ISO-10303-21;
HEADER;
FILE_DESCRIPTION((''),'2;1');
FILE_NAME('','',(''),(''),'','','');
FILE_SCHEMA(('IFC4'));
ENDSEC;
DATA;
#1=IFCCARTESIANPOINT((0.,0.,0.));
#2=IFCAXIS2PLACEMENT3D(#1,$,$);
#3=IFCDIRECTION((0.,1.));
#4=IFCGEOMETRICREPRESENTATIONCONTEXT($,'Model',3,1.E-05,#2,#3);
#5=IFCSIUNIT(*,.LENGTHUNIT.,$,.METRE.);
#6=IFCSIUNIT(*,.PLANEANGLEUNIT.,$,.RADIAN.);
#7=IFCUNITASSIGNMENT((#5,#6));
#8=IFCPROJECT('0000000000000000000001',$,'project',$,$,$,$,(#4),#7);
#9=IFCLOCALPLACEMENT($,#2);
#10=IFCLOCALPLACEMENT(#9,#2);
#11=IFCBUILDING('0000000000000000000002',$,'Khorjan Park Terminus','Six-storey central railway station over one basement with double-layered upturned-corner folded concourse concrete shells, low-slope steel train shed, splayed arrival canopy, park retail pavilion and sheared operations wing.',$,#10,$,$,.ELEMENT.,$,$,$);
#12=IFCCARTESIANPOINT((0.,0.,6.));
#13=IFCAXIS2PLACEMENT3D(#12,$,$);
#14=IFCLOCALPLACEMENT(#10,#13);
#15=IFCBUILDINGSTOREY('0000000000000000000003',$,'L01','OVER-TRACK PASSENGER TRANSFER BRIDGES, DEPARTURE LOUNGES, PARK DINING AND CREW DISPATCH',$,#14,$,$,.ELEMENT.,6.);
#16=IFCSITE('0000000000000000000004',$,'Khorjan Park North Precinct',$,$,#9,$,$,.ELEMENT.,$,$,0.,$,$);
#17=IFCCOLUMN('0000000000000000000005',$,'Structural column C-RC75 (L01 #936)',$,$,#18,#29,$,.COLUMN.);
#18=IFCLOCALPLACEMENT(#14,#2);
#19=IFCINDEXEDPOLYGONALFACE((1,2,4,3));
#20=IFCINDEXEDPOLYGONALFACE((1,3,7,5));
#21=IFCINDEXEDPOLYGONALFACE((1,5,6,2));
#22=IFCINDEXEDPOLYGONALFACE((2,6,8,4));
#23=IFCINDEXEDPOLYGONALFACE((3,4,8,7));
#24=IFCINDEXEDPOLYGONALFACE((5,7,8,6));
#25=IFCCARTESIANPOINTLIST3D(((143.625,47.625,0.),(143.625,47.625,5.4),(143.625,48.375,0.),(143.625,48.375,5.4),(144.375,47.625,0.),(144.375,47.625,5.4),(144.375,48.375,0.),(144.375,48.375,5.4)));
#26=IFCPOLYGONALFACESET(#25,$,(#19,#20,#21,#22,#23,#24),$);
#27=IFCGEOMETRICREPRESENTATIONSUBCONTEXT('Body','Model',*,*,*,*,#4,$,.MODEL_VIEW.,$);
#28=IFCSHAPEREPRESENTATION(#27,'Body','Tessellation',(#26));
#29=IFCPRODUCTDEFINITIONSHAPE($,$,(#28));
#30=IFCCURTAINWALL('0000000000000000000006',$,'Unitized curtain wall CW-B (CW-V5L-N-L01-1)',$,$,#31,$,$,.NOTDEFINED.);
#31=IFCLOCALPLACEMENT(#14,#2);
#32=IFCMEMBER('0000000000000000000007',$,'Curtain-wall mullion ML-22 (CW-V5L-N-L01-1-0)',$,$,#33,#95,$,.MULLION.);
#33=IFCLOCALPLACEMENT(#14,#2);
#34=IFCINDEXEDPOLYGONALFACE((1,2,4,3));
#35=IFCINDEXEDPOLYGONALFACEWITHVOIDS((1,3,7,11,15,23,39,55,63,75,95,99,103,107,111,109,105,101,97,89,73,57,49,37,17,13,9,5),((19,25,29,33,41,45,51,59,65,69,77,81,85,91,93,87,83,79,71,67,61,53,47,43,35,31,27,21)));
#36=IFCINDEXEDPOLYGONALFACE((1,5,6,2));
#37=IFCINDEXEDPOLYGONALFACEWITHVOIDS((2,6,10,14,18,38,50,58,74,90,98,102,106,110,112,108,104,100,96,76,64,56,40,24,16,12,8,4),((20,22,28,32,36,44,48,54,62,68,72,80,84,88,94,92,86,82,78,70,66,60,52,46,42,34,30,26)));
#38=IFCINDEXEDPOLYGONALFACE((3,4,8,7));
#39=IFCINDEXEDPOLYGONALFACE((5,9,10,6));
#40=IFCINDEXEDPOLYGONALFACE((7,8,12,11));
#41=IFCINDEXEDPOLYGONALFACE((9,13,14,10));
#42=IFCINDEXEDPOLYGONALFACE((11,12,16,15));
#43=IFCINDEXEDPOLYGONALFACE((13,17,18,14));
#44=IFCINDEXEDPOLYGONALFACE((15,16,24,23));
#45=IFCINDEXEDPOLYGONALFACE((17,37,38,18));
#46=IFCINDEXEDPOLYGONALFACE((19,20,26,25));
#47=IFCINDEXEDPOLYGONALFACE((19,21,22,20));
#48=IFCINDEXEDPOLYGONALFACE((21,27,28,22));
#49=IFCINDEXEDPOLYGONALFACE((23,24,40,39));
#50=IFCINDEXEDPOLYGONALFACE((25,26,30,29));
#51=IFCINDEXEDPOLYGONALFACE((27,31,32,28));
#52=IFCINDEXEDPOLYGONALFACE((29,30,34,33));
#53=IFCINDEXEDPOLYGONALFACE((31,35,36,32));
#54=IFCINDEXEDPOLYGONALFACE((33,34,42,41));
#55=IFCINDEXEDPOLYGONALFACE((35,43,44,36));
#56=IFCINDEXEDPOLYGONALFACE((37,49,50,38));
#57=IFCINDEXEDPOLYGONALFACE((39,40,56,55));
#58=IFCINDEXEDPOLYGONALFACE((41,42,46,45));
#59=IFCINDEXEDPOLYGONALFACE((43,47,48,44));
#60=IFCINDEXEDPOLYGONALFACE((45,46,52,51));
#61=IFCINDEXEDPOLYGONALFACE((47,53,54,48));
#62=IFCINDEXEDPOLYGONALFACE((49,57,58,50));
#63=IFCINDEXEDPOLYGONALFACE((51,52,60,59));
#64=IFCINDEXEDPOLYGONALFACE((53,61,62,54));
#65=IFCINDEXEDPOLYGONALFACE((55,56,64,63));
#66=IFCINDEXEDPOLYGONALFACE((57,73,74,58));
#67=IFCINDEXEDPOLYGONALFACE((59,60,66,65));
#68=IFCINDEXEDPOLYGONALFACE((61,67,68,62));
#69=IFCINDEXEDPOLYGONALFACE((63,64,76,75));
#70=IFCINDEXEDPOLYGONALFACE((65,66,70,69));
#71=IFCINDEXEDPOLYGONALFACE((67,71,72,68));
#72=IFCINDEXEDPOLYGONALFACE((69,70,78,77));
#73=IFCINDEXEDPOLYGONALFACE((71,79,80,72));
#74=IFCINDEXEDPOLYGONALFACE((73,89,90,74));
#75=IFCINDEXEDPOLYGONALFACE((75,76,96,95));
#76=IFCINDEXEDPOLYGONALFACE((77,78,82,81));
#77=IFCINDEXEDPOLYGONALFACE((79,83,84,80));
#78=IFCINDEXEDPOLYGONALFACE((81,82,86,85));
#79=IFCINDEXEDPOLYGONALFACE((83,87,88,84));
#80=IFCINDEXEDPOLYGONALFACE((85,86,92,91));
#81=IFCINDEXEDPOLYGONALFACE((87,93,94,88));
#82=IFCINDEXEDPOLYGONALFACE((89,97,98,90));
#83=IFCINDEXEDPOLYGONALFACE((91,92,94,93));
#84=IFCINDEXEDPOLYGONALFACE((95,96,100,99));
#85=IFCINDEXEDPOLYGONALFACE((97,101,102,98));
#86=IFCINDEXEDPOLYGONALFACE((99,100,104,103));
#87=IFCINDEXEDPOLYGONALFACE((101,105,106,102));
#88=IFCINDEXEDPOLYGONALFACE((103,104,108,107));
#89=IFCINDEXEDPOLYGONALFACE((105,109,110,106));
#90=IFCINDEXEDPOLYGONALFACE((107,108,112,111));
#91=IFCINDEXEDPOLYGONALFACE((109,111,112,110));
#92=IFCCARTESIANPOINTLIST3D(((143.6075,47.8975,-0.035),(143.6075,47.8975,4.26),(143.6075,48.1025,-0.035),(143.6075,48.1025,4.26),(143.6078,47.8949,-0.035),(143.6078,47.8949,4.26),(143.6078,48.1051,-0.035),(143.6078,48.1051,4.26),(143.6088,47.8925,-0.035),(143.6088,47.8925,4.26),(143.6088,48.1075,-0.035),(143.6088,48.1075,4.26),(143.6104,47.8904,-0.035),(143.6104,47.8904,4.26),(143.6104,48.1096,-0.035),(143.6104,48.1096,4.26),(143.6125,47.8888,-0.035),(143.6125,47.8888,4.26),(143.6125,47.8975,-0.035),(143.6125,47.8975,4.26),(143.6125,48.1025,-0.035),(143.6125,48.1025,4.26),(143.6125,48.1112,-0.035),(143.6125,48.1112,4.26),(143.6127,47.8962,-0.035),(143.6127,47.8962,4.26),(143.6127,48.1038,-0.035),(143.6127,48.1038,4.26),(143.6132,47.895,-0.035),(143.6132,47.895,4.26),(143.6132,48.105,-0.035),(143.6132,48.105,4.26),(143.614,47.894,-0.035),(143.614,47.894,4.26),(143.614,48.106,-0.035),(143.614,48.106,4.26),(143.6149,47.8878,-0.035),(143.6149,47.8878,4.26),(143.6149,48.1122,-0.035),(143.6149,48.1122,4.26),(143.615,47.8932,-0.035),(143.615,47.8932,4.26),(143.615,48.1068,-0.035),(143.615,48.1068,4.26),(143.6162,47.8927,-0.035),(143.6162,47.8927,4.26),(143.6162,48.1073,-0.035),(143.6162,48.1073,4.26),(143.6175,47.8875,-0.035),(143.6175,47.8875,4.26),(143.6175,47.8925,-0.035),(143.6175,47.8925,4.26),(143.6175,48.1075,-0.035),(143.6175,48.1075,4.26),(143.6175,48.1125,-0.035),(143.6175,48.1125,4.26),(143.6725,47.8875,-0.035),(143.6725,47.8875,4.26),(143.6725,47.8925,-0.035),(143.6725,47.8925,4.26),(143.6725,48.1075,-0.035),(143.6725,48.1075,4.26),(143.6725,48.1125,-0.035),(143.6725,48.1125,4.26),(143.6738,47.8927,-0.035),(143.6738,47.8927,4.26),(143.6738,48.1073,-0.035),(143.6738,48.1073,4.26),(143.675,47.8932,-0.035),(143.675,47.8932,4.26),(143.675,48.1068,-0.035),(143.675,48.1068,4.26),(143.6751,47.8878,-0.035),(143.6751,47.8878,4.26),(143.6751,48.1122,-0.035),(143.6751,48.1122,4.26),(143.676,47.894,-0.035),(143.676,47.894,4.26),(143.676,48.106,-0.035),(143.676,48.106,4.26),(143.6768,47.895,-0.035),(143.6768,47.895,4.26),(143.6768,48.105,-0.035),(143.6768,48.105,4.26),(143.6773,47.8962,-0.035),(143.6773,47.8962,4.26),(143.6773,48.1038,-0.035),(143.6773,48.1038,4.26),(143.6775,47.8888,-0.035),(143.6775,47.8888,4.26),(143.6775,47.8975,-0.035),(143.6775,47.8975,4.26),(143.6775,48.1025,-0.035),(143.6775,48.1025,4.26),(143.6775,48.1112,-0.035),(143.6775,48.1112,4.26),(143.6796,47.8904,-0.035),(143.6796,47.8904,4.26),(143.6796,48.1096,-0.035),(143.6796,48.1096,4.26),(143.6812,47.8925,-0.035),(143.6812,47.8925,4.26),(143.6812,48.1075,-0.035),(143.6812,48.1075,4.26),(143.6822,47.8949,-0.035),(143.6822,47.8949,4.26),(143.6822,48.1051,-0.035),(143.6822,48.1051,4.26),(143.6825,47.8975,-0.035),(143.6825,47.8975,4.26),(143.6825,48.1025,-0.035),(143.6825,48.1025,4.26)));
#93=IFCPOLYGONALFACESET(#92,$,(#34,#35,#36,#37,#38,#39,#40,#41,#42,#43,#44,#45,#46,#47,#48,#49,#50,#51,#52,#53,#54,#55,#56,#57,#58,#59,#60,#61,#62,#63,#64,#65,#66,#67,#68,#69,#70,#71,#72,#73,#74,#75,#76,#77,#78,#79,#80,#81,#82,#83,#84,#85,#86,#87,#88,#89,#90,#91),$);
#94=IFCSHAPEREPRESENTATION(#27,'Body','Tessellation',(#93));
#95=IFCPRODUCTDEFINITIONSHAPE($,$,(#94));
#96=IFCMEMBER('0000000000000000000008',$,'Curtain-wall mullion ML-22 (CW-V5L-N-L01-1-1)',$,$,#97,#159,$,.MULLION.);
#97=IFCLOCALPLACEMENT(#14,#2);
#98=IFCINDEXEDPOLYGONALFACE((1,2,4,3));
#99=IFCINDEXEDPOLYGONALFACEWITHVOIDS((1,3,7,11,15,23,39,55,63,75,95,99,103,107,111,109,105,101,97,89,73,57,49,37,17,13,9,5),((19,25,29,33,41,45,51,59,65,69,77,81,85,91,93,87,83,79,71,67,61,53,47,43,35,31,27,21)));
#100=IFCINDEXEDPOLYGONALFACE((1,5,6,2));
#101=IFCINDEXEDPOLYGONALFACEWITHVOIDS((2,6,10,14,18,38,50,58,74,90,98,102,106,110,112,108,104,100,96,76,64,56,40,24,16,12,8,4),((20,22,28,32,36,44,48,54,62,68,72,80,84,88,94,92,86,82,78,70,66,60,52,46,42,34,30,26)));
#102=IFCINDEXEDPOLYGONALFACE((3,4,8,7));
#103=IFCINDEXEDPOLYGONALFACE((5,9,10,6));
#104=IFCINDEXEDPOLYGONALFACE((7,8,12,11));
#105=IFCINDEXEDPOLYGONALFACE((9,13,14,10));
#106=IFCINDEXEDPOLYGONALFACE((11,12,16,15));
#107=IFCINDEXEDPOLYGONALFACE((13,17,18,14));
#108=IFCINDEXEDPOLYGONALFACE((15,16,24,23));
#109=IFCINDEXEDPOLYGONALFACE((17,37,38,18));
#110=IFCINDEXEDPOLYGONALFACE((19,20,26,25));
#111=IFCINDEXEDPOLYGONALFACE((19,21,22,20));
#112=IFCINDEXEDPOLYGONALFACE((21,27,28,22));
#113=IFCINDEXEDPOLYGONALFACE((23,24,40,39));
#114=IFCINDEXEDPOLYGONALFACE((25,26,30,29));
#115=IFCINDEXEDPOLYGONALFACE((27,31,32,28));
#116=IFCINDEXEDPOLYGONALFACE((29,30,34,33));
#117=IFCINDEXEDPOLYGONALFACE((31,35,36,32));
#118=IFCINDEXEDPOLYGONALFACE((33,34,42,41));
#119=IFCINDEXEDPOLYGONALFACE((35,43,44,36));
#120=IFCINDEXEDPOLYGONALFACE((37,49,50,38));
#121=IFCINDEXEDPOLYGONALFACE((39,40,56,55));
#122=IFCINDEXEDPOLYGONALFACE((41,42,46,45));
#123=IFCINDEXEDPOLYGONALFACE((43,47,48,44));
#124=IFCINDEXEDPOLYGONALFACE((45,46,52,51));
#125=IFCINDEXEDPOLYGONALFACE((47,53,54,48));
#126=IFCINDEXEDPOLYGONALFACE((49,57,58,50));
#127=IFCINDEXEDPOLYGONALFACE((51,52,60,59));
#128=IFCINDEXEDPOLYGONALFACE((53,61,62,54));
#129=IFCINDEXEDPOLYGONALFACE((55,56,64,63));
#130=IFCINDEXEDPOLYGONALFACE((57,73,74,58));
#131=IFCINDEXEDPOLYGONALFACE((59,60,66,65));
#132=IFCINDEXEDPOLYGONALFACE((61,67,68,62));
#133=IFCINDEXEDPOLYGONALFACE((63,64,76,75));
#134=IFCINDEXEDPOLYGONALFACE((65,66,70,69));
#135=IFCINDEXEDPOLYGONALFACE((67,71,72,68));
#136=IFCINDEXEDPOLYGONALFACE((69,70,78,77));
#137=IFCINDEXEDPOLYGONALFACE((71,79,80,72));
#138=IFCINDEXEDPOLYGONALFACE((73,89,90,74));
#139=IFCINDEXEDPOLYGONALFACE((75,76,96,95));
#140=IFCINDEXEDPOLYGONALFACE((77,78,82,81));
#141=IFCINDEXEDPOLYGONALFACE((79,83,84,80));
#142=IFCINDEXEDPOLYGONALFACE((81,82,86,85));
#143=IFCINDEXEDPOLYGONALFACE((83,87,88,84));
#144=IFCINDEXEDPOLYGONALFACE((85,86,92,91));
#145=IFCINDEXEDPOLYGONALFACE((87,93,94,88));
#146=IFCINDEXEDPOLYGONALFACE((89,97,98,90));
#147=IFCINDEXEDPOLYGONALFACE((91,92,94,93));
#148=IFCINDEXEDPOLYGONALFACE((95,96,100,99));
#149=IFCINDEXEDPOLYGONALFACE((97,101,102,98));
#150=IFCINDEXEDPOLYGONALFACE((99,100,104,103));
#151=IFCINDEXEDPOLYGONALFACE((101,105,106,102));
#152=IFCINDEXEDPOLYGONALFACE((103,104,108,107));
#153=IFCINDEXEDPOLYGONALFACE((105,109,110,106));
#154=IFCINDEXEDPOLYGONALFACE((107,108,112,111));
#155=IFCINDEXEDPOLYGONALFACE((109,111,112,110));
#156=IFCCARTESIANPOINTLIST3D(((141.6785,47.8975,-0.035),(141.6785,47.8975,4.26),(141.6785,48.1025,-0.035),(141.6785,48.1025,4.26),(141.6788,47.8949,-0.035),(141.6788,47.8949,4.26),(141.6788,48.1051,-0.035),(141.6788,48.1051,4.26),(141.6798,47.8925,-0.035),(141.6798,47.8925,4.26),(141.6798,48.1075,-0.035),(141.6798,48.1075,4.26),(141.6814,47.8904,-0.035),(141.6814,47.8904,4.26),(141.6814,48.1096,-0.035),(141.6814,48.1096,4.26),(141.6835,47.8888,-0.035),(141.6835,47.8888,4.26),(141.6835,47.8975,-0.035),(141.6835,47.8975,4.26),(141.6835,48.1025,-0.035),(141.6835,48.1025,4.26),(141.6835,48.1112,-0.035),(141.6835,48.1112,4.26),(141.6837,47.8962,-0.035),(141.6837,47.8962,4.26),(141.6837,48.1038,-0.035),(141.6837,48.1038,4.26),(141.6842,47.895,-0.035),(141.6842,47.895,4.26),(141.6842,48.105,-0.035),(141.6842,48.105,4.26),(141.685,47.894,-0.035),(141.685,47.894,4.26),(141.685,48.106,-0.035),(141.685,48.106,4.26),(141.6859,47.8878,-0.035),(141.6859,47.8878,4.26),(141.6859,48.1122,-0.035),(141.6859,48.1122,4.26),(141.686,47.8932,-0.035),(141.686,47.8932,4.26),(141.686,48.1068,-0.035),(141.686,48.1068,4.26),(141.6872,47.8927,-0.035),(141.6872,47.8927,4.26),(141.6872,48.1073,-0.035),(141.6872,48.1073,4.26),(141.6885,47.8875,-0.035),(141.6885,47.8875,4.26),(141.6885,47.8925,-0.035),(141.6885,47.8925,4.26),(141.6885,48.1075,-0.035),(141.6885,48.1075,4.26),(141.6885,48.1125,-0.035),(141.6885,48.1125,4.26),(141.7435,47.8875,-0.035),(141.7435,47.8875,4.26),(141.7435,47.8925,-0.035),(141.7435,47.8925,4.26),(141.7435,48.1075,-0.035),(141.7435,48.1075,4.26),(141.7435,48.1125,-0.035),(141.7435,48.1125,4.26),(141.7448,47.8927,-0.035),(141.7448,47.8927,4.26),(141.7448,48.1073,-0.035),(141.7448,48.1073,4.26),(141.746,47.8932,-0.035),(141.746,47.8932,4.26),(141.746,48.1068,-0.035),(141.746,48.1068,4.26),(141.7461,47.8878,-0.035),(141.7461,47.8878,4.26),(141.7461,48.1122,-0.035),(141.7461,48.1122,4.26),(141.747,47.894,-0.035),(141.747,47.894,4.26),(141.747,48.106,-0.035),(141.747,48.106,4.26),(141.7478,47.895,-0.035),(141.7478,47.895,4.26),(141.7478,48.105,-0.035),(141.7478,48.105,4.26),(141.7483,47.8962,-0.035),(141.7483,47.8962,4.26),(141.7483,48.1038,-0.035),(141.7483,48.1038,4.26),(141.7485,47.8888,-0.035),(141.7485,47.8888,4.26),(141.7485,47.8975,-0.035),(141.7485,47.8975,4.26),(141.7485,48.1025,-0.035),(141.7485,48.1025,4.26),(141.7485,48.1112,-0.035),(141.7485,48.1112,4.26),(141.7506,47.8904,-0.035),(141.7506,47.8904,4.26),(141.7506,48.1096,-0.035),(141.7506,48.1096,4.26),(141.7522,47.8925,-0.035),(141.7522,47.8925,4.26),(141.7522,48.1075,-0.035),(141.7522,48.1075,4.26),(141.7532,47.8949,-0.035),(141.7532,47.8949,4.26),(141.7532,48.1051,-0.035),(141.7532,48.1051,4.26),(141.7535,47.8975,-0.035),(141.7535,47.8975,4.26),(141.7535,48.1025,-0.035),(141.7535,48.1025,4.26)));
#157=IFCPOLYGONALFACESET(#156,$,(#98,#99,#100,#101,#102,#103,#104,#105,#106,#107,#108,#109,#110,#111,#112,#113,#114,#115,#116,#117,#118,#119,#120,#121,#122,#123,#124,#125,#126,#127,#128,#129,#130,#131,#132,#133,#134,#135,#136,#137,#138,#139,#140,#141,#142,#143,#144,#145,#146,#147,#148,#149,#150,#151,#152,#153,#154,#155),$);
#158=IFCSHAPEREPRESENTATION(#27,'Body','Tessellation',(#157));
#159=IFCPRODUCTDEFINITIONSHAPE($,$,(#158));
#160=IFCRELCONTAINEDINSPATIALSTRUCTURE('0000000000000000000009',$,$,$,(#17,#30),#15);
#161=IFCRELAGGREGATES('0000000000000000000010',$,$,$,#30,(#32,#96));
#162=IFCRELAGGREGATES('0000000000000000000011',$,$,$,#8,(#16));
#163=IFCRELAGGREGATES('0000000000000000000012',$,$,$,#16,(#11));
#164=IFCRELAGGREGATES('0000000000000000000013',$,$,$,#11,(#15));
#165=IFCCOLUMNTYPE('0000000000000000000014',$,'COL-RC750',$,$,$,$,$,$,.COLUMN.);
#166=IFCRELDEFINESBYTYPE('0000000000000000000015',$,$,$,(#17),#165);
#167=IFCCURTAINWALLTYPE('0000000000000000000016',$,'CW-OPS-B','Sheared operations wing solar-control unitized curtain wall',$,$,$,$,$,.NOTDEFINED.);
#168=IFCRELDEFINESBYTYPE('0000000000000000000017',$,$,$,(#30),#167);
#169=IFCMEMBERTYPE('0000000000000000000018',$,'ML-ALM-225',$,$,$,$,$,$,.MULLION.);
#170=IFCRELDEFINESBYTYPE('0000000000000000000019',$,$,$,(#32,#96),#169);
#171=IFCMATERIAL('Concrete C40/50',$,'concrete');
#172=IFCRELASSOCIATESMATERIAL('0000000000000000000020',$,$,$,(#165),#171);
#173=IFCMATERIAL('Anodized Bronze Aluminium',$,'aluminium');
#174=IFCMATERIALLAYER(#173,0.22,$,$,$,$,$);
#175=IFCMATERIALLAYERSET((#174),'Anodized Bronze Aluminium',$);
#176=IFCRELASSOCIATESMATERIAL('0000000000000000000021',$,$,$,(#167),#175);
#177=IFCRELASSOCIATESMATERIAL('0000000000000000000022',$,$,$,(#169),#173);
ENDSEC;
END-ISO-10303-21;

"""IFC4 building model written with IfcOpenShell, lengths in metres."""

from ifc_helpers import new_model, si_unit, direction, frame, origin, origin_2d, place, context, subcontext, project, spatial, rectangle, hollow_rectangle, extrude, material, layer, layer_set, material_profile, profile_set, type_object, element, aggregate, save


model = new_model("IFC4")

# Units and contexts
model_context = context("Model", 3, precision=1e-05, world=origin(), true_north=direction((0.0, 1.0)))
body_context = subcontext(model_context, "Body", "Model", "MODEL_VIEW")
ifc_project = project(units=[si_unit("LENGTHUNIT", "METRE"), si_unit("PLANEANGLEUNIT", "RADIAN")], contexts=[model_context])

# Site, building, storey
site_placement = place(None, origin())
site = spatial("IfcSite", under=ifc_project, at=site_placement, Name="Khorjan Park North Precinct", CompositionType="ELEMENT", RefElevation=0.0)
building_placement = place(site_placement, origin())
building = spatial("IfcBuilding", under=site, at=building_placement, Name="Khorjan Park Terminus", Description="Six-storey central railway station over one basement with double-layered upturned-corner folded concourse concrete shells, low-slope steel train shed, splayed arrival canopy, park retail pavilion and sheared operations wing.", CompositionType="ELEMENT")
storey_placement = place(building_placement, frame((0.0, 0.0, 6.0)))
storey = spatial("IfcBuildingStorey", under=building, at=storey_placement, Name="L01", Description="OVER-TRACK PASSENGER TRANSFER BRIDGES, DEPARTURE LOUNGES, PARK DINING AND CREW DISPATCH", CompositionType="ELEMENT", Elevation=6.0)

# Column
ifc_material_1 = material(Name="Concrete C40/50", Category="concrete")
ifc_material_profile_1 = material_profile(ifc_material_1, rectangle(XDim=0.75, YDim=0.75, at=origin_2d()), Name="RC 750x750")
ifc_profile_set_1 = profile_set([ifc_material_profile_1], Name="Concrete C40/50")
column_type = type_object("IfcColumnType", Name="COL-RC750", PredefinedType="COLUMN", material=ifc_profile_set_1)
column_placement = place(storey_placement, frame((144.0, 48.0, 0.0), z_axis=(0.0, 0.0, 1.0), x_axis=(1.0, 0.0, 0.0)))
element("IfcColumn", 1, at=column_placement, inside=storey, type_object=column_type, Name="Structural column C-RC75 (L01 #936)", PredefinedType="COLUMN", context=body_context, shape_type="SweptSolid", body=[
    extrude(rectangle(XDim=0.75, YDim=0.75, at=origin_2d()), origin(), (0.0, 0.0, 1.0), 5.4),
])

# Curtain wall, members
ifc_material_2 = material(Name="Anodized Bronze Aluminium", Category="aluminium")
ifc_layer_1 = layer(ifc_material_2, 0.22)
ifc_layer_set_1 = layer_set([ifc_layer_1], Name="Anodized Bronze Aluminium")
curtain_wall_type = type_object("IfcCurtainWallType", Name="CW-OPS-B", Description="Sheared operations wing solar-control unitized curtain wall", PredefinedType="NOTDEFINED", material=ifc_layer_set_1)
curtain_wall_1_placement = place(storey_placement, origin())
curtain_wall_1 = element("IfcCurtainWall", 2, at=curtain_wall_1_placement, inside=storey, type_object=curtain_wall_type, Name="Unitized curtain wall CW-B (CW-V5L-N-L01-1)", PredefinedType="NOTDEFINED")
ifc_material_profile_2 = material_profile(ifc_material_2, hollow_rectangle(XDim=0.075, YDim=0.225, WallThickness=0.005, InnerFilletRadius=0.005, OuterFilletRadius=0.01, at=origin_2d()), Name="ALM 75x225x5")
ifc_profile_set_2 = profile_set([ifc_material_profile_2], Name="Anodized Bronze Aluminium")
member_type_1 = type_object("IfcMemberType", Name="ML-ALM-225", PredefinedType="MULLION", material=ifc_profile_set_2)
member_1_placement = place(storey_placement, frame((143.645, 48.0, -0.035), z_axis=(0.0, 0.0, 1.0), x_axis=(-1.0, 0.0, 0.0)))
member_1 = element("IfcMember", 3, at=member_1_placement, type_object=member_type_1, Name="Curtain-wall mullion ML-22 (CW-V5L-N-L01-1-0)", PredefinedType="MULLION", context=body_context, shape_type="SweptSolid", body=[
    extrude(hollow_rectangle(XDim=0.075, YDim=0.225, WallThickness=0.005, InnerFilletRadius=0.005, OuterFilletRadius=0.01, at=origin_2d()), origin(), (0.0, 0.0, 1.0), 4.295),
])
member_2_placement = place(storey_placement, frame((141.716, 48.0, -0.035), z_axis=(0.0, 0.0, 1.0), x_axis=(-1.0, 0.0, 0.0)))
member_2 = element("IfcMember", 4, at=member_2_placement, type_object=member_type_1, Name="Curtain-wall mullion ML-22 (CW-V5L-N-L01-1-1)", PredefinedType="MULLION", context=body_context, shape_type="SweptSolid", body=[
    extrude(hollow_rectangle(XDim=0.075, YDim=0.225, WallThickness=0.005, InnerFilletRadius=0.005, OuterFilletRadius=0.01, at=origin_2d()), origin(), (0.0, 0.0, 1.0), 4.295),
])

aggregate(curtain_wall_1, [member_1, member_2])

save(model, "model.ifc")
